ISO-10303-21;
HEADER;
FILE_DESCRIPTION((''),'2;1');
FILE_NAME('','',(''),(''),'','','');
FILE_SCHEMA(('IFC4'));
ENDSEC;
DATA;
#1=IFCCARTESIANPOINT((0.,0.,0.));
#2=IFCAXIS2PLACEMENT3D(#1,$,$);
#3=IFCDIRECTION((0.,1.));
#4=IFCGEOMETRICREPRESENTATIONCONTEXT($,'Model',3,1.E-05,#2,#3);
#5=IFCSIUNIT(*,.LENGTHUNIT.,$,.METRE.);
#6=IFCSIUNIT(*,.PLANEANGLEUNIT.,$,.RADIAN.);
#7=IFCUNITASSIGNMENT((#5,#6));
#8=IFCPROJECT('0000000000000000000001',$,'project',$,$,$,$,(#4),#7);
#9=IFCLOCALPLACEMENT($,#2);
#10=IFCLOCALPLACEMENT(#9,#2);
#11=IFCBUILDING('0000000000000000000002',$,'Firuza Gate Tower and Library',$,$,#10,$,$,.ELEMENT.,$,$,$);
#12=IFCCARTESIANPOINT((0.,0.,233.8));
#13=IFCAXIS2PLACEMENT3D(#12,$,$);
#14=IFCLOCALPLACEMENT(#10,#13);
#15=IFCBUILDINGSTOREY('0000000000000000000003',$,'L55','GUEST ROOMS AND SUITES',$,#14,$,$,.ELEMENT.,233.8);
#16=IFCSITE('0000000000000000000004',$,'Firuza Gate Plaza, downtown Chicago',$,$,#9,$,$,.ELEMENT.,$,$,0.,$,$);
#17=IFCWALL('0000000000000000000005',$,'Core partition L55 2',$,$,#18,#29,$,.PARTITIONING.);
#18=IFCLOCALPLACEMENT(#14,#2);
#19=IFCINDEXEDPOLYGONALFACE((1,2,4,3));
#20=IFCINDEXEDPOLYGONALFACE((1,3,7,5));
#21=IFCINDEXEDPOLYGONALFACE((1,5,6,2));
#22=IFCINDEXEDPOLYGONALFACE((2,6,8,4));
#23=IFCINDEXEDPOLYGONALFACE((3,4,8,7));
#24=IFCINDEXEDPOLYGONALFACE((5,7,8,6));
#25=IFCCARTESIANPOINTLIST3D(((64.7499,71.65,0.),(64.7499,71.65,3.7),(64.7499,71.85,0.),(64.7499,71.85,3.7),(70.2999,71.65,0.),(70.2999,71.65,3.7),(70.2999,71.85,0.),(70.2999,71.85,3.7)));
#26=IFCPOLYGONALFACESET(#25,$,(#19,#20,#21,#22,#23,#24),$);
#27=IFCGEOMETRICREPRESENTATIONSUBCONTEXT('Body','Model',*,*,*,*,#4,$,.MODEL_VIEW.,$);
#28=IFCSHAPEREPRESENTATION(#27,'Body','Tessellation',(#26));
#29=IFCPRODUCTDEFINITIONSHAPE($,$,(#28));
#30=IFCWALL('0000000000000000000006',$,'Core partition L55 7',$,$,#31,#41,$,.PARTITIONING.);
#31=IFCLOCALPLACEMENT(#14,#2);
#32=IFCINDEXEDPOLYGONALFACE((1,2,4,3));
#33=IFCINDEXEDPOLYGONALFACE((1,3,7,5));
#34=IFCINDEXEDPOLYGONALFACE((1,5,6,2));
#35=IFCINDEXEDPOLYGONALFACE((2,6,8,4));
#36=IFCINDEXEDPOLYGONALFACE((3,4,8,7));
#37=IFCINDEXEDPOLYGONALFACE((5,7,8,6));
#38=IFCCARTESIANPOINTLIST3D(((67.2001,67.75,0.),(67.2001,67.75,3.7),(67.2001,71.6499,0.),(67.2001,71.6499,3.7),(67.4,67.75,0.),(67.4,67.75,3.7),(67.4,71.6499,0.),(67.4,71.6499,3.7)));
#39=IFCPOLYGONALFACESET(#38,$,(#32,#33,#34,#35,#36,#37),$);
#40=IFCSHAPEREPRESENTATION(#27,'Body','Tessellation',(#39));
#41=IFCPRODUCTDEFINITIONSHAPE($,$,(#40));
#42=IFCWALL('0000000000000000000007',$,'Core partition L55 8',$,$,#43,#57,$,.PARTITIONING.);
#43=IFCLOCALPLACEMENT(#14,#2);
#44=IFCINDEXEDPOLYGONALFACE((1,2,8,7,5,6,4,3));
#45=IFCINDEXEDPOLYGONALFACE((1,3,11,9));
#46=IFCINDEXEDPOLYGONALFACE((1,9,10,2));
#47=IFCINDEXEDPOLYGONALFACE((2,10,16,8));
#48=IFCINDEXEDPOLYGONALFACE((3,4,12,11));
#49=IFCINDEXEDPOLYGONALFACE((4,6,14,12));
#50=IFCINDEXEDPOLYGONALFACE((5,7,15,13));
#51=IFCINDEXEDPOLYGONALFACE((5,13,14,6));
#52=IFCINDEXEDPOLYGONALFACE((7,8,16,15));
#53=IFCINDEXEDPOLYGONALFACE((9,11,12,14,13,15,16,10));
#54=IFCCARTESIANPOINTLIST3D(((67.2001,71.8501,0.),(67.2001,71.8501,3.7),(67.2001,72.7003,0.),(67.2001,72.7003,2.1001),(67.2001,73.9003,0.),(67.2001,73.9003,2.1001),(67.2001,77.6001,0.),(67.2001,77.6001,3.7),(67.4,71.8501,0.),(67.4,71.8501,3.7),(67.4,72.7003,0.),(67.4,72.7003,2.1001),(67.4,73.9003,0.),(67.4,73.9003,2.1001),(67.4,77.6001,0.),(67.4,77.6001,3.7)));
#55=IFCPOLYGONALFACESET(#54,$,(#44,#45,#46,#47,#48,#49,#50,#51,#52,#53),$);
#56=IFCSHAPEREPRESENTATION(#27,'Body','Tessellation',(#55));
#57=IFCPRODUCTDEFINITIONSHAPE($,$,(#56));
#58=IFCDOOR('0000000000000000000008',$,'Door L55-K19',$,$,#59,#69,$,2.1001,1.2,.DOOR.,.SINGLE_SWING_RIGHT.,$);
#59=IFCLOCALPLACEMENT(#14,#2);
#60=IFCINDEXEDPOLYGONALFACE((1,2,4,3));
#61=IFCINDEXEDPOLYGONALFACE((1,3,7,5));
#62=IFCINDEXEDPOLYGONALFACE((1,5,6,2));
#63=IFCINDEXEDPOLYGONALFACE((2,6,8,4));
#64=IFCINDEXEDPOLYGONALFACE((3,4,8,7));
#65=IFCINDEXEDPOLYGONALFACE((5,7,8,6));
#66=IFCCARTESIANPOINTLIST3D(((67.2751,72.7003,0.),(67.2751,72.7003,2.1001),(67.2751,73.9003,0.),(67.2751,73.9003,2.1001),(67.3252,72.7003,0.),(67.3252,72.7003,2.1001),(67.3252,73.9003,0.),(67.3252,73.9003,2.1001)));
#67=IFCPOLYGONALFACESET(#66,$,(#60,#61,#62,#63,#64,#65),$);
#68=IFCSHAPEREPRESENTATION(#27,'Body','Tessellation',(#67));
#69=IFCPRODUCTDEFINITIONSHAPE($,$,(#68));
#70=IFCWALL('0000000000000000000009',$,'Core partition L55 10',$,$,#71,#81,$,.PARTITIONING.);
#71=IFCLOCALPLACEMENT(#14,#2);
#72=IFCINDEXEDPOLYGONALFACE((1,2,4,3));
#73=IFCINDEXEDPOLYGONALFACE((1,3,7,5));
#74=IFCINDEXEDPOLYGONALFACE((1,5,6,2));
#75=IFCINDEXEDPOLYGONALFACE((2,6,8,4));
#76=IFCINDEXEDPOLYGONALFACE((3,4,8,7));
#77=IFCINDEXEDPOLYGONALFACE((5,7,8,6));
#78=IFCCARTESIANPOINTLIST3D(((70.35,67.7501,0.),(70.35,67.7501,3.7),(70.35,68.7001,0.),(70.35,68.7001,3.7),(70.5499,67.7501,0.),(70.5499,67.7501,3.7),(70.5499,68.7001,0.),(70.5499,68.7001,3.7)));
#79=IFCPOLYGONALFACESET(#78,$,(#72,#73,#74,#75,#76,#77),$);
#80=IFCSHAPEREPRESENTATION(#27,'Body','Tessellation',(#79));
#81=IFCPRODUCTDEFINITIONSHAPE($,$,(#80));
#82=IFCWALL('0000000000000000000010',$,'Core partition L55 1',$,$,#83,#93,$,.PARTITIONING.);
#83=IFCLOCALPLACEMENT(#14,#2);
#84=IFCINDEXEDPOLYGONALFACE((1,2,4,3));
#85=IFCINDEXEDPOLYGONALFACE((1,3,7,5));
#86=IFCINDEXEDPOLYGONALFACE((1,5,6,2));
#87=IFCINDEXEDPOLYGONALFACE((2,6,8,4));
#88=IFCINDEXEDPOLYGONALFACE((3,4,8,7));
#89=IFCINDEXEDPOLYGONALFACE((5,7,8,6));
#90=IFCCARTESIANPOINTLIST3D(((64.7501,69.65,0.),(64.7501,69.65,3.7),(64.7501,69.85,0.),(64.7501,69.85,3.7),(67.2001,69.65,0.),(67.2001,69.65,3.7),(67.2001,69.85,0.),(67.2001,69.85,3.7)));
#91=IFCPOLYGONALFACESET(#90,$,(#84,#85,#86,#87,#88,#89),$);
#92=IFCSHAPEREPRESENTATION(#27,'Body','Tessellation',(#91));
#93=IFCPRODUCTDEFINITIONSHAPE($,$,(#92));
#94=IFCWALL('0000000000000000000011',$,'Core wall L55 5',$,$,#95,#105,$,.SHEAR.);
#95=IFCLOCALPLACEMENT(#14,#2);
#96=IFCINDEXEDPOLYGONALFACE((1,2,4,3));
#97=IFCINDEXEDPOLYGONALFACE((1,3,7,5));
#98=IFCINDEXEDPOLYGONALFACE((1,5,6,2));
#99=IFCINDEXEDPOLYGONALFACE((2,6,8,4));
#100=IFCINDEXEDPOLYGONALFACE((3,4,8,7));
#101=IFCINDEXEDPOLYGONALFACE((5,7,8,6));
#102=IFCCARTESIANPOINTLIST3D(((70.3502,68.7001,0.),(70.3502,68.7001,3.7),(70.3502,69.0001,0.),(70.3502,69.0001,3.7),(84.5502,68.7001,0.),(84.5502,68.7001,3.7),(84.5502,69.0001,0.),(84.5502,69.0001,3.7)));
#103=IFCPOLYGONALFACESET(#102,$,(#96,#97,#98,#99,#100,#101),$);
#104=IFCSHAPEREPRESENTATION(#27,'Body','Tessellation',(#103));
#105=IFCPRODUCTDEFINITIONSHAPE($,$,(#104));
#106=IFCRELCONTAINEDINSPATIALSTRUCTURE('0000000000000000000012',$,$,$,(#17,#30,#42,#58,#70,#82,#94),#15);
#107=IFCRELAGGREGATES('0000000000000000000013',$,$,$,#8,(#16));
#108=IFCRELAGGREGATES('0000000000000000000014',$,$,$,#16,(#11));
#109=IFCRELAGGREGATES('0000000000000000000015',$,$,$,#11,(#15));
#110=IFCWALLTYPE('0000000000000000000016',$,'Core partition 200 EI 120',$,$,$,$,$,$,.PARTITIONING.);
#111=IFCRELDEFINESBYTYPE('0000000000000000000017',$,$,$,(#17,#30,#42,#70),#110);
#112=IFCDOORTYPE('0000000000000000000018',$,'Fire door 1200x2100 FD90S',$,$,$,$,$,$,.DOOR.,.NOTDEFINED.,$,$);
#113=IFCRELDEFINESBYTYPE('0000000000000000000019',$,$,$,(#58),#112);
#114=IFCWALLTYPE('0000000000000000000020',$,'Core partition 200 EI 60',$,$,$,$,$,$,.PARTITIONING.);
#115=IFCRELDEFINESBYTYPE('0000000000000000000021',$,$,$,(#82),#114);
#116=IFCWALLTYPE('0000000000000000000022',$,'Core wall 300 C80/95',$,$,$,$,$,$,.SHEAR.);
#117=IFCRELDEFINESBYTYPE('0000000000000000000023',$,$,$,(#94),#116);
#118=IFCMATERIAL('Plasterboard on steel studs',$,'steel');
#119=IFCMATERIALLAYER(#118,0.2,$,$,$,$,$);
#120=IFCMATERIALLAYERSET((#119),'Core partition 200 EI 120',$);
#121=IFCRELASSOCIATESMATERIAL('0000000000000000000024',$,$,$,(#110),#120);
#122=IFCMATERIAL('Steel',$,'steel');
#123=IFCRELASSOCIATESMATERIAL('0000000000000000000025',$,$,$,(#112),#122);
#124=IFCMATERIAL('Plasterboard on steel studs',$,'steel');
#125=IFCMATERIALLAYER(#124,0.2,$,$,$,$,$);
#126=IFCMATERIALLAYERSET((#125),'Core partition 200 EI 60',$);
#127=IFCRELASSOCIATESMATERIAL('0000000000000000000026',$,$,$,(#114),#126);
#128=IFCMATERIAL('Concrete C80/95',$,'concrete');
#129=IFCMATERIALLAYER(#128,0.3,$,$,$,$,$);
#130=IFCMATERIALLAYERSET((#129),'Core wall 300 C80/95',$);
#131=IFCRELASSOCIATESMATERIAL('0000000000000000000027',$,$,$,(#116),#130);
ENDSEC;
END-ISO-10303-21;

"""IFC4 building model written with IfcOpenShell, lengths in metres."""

from ifc_helpers import new_model, si_unit, direction, frame, frame_2d, origin, place, context, subcontext, project, spatial, rectangle, extrude, material, layer, layer_set, type_object, element, fill, save


model = new_model("IFC4")

# Units and contexts
model_context = context("Model", 3, precision=1e-05, world=origin(), true_north=direction((0.0, 1.0)))
body_context = subcontext(model_context, "Body", "Model", "MODEL_VIEW")
ifc_project = project(units=[si_unit("LENGTHUNIT", "METRE"), si_unit("PLANEANGLEUNIT", "RADIAN")], contexts=[model_context])

# Site, building, storey
site_placement = place(None, origin())
site = spatial("IfcSite", under=ifc_project, at=site_placement, Name="Firuza Gate Plaza, downtown Chicago", CompositionType="ELEMENT", RefElevation=0.0)
building_placement = place(site_placement, origin())
building = spatial("IfcBuilding", under=site, at=building_placement, Name="Firuza Gate Tower and Library", CompositionType="ELEMENT")
storey_placement = place(building_placement, frame((0.0, 0.0, 233.8)))
storey = spatial("IfcBuildingStorey", under=building, at=storey_placement, Name="L55", Description="GUEST ROOMS AND SUITES", CompositionType="ELEMENT", Elevation=233.8)

# Walls
ifc_material_1 = material(Name="Plasterboard on steel studs", Category="steel")
ifc_layer_1 = layer(ifc_material_1, 0.2)
ifc_layer_set_1 = layer_set([ifc_layer_1], Name="Core partition 200 EI 120")
wall_type_1 = type_object("IfcWallType", Name="Core partition 200 EI 120", PredefinedType="PARTITIONING", material=ifc_layer_set_1)
wall_1_placement = place(storey_placement, frame((64.75, 71.75, 0.0), z_axis=(0.0, 0.0, 1.0), x_axis=(1.0, 0.0, 0.0)))
element("IfcWall", 1, at=wall_1_placement, inside=storey, type_object=wall_type_1, Name="Core partition L55 2", PredefinedType="PARTITIONING", context=body_context, shape_type="SweptSolid", body=[
    extrude(rectangle(XDim=5.55, YDim=0.2, at=frame_2d((2.7749, 0.0))), origin(), (0.0, 0.0, 1.0), 3.7),
])
wall_2_placement = place(storey_placement, frame((67.3, 67.75, 0.0), z_axis=(0.0, 0.0, 1.0), x_axis=(0.0, 1.0, 0.0)))
element("IfcWall", 2, at=wall_2_placement, inside=storey, type_object=wall_type_1, Name="Core partition L55 7", PredefinedType="PARTITIONING", context=body_context, shape_type="SweptSolid", body=[
    extrude(rectangle(XDim=3.8999, YDim=0.2, at=frame_2d((1.95, 0.0))), origin(), (0.0, 0.0, 1.0), 3.7),
])

# Wall, opening, door
wall_3_placement = place(storey_placement, frame((67.3, 71.8501, 0.0), z_axis=(0.0, 0.0, 1.0), x_axis=(0.0, 1.0, 0.0)))
wall_3 = element("IfcWall", 3, at=wall_3_placement, inside=storey, type_object=wall_type_1, Name="Core partition L55 8", PredefinedType="PARTITIONING", context=body_context, shape_type="SweptSolid", body=[
    extrude(rectangle(XDim=5.75, YDim=0.2, at=frame_2d((2.875, 0.0))), origin(), (0.0, 0.0, 1.0), 3.7),
])
opening_1_placement = place(wall_3_placement, frame((0.8501, 0.0, 0.0)))
opening_1 = element("IfcOpeningElement", 4, at=opening_1_placement, cuts=wall_3, PredefinedType="OPENING", context=body_context, shape_type="SweptSolid", body=[
    extrude(rectangle(XDim=1.2, YDim=2.1001, at=frame_2d((0.6001, 1.05))), frame((0.0, 0.1099, 0.0), z_axis=(0.0, -1.0, 0.0), x_axis=(1.0, 0.0, 0.0)), (0.0, 0.0, 1.0), 0.22),
])
ifc_material_2 = material(Name="Steel", Category="steel")
door_type_1 = type_object("IfcDoorType", Name="Fire door 1200x2100 FD90S", OperationType="NOTDEFINED", PredefinedType="DOOR", material=ifc_material_2)
door_1_placement = place(opening_1_placement, origin())
door_1 = element("IfcDoor", 5, at=door_1_placement, inside=storey, type_object=door_type_1, Name="Door L55-K19", OperationType="SINGLE_SWING_RIGHT", OverallHeight=2.1001, OverallWidth=1.2, PredefinedType="DOOR", context=body_context, shape_type="SweptSolid", body=[
    extrude(rectangle(XDim=1.2, YDim=2.1001, at=frame_2d((0.6001, 1.05))), frame((0.0, 0.0249, 0.0), z_axis=(0.0, -1.0, 0.0), x_axis=(1.0, 0.0, 0.0)), (0.0, 0.0, 1.0), 0.05),
])
fill(opening_1, door_1)

# Walls
wall_4_placement = place(storey_placement, frame((70.45, 67.75, 0.0), z_axis=(0.0, 0.0, 1.0), x_axis=(0.0, 1.0, 0.0)))
element("IfcWall", 6, at=wall_4_placement, inside=storey, type_object=wall_type_1, Name="Core partition L55 10", PredefinedType="PARTITIONING", context=body_context, shape_type="SweptSolid", body=[
    extrude(rectangle(XDim=0.95, YDim=0.2, at=frame_2d((0.4751, 0.0))), origin(), (0.0, 0.0, 1.0), 3.7),
])
ifc_material_3 = material(Name="Plasterboard on steel studs", Category="steel")
ifc_layer_2 = layer(ifc_material_3, 0.2)
ifc_layer_set_2 = layer_set([ifc_layer_2], Name="Core partition 200 EI 60")
wall_type_2 = type_object("IfcWallType", Name="Core partition 200 EI 60", PredefinedType="PARTITIONING", material=ifc_layer_set_2)
wall_5_placement = place(storey_placement, frame((64.75, 69.75, 0.0), z_axis=(0.0, 0.0, 1.0), x_axis=(1.0, 0.0, 0.0)))
element("IfcWall", 7, at=wall_5_placement, inside=storey, type_object=wall_type_2, Name="Core partition L55 1", PredefinedType="PARTITIONING", context=body_context, shape_type="SweptSolid", body=[
    extrude(rectangle(XDim=2.45, YDim=0.2, at=frame_2d((1.2251, 0.0))), origin(), (0.0, 0.0, 1.0), 3.7),
])
ifc_material_4 = material(Name="Concrete C80/95", Category="concrete")
ifc_layer_3 = layer(ifc_material_4, 0.3)
ifc_layer_set_3 = layer_set([ifc_layer_3], Name="Core wall 300 C80/95")
wall_type_3 = type_object("IfcWallType", Name="Core wall 300 C80/95", PredefinedType="SHEAR", material=ifc_layer_set_3)
wall_6_placement = place(storey_placement, frame((70.3501, 68.8501, 0.0), z_axis=(0.0, 0.0, 1.0), x_axis=(1.0, 0.0, 0.0)))
element("IfcWall", 8, at=wall_6_placement, inside=storey, type_object=wall_type_3, Name="Core wall L55 5", PredefinedType="SHEAR", context=body_context, shape_type="SweptSolid", body=[
    extrude(rectangle(XDim=14.2, YDim=0.3, at=frame_2d((7.1001, 0.0))), origin(), (0.0, 0.0, 1.0), 3.7),
])

save(model, "model.ifc")
